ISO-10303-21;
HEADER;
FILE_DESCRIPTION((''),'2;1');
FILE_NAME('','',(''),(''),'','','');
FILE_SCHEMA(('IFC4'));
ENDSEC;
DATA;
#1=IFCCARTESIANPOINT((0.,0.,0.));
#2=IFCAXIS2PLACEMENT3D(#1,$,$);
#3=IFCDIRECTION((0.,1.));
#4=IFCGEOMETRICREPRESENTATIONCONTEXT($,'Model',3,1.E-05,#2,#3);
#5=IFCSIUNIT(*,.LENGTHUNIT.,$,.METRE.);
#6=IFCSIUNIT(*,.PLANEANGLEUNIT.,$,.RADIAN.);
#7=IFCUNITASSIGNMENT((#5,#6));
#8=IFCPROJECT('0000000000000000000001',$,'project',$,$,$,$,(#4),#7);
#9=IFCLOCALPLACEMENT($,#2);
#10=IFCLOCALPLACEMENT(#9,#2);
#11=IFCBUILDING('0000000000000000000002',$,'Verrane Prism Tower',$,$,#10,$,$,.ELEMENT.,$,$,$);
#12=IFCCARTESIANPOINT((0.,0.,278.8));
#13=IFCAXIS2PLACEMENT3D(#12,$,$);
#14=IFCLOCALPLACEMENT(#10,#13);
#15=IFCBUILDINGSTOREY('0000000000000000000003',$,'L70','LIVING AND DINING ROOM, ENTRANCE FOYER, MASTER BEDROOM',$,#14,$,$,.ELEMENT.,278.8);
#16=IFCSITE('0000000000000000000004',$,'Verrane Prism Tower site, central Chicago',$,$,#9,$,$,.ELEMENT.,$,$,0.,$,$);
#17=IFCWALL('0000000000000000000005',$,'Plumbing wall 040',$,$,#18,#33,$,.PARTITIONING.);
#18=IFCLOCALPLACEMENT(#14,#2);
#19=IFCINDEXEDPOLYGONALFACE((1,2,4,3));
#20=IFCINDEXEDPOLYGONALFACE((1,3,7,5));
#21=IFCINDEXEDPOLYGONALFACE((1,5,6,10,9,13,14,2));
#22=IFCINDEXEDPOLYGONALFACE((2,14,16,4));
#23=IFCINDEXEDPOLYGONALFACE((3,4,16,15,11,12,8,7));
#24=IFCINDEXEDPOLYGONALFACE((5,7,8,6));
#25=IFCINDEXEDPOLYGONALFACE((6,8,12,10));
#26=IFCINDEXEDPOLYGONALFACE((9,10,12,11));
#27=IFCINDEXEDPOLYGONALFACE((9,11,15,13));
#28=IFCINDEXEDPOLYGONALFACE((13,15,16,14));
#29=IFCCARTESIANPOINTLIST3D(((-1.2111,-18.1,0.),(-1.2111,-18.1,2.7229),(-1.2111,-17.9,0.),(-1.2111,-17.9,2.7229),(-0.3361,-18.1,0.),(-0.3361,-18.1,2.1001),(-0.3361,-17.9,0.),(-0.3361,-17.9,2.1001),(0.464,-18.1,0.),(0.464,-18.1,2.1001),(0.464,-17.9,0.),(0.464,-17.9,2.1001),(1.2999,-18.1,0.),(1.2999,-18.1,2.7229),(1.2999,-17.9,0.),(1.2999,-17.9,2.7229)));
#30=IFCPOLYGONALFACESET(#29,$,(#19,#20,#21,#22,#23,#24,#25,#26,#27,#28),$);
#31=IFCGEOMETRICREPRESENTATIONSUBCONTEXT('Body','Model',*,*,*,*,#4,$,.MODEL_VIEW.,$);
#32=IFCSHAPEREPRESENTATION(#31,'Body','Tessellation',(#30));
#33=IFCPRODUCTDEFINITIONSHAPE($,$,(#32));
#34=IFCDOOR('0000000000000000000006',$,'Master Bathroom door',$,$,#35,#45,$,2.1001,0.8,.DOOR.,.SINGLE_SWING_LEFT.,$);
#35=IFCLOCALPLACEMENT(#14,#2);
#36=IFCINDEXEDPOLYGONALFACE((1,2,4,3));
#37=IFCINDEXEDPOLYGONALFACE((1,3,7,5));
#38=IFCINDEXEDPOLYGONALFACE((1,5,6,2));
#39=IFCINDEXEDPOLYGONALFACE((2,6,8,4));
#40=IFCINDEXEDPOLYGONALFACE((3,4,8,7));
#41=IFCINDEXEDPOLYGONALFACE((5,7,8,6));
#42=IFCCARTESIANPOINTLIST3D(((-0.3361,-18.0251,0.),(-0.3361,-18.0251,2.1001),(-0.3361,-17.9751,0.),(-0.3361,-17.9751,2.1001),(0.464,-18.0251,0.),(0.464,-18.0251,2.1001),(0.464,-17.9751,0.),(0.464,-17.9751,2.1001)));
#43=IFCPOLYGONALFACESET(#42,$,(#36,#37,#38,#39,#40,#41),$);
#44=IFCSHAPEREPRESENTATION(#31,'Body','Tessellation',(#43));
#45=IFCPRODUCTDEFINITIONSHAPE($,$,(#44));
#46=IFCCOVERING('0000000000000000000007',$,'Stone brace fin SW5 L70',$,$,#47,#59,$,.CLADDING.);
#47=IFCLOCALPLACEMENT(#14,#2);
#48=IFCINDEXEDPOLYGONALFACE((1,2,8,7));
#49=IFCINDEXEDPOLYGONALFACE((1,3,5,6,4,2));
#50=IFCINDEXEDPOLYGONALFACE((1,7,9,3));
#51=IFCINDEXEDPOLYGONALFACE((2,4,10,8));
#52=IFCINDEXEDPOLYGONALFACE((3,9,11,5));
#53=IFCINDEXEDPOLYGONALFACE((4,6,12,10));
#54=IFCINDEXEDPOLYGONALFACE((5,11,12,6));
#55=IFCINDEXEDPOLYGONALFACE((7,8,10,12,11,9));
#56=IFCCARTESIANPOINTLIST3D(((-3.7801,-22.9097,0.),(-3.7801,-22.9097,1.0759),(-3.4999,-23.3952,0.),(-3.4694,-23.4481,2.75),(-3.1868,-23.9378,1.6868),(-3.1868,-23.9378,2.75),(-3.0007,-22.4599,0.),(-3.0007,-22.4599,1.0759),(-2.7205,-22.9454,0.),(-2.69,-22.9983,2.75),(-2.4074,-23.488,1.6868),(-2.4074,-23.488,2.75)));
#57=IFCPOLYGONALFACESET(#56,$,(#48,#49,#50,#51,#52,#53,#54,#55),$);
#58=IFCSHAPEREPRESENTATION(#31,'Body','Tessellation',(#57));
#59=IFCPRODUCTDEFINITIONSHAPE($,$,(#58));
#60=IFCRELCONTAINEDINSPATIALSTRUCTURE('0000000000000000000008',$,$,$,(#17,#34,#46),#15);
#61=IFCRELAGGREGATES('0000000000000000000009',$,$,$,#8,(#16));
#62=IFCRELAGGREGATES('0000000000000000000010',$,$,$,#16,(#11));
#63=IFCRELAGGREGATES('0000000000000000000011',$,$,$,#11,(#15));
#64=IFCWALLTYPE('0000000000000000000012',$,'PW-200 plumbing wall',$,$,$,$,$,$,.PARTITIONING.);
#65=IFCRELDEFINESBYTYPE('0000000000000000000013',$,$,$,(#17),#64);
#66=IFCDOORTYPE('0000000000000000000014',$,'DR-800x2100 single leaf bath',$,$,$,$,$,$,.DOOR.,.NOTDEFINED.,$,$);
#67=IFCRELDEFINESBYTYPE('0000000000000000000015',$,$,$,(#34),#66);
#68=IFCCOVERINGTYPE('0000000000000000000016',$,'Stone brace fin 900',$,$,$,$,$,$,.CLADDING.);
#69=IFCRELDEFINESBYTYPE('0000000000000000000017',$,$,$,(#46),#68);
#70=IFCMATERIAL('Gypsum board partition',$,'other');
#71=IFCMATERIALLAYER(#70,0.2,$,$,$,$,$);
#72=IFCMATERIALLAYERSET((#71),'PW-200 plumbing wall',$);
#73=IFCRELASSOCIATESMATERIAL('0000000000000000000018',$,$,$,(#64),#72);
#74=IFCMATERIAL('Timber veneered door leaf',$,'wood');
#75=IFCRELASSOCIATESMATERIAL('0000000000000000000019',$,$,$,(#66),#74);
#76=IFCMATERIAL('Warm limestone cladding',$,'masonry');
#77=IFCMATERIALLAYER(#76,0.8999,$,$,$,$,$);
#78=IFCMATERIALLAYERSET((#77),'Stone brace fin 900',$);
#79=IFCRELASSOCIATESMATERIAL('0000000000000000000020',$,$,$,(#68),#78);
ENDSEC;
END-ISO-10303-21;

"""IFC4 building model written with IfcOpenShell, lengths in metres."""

from ifc_helpers import new_model, si_unit, direction, frame, frame_2d, origin, place, context, subcontext, project, spatial, polyline, rectangle, outline, extrude, material, layer, layer_set, type_object, element, fill, save


model = new_model("IFC4")

# Units and contexts
model_context = context("Model", 3, precision=1e-05, world=origin(), true_north=direction((0.0, 1.0)))
body_context = subcontext(model_context, "Body", "Model", "MODEL_VIEW")
ifc_project = project(units=[si_unit("LENGTHUNIT", "METRE"), si_unit("PLANEANGLEUNIT", "RADIAN")], contexts=[model_context])

# Site, building, storey
site_placement = place(None, origin())
site = spatial("IfcSite", under=ifc_project, at=site_placement, Name="Verrane Prism Tower site, central Chicago", CompositionType="ELEMENT", RefElevation=0.0)
building_placement = place(site_placement, origin())
building = spatial("IfcBuilding", under=site, at=building_placement, Name="Verrane Prism Tower", CompositionType="ELEMENT")
storey_placement = place(building_placement, frame((0.0, 0.0, 278.8)))
storey = spatial("IfcBuildingStorey", under=building, at=storey_placement, Name="L70", Description="LIVING AND DINING ROOM, ENTRANCE FOYER, MASTER BEDROOM", CompositionType="ELEMENT", Elevation=278.8)

# Wall, opening, door
ifc_material_1 = material(Name="Gypsum board partition", Category="other")
ifc_layer_1 = layer(ifc_material_1, 0.2)
ifc_layer_set_1 = layer_set([ifc_layer_1], Name="PW-200 plumbing wall")
wall_type_1 = type_object("IfcWallType", Name="PW-200 plumbing wall", PredefinedType="PARTITIONING", material=ifc_layer_set_1)
wall_1_placement = place(storey_placement, frame((-1.2109, -18.0, 0.0), z_axis=(0.0, 0.0, 1.0), x_axis=(1.0, 0.0, 0.0)))
wall_1 = element("IfcWall", 1, at=wall_1_placement, inside=storey, type_object=wall_type_1, Name="Plumbing wall 040", PredefinedType="PARTITIONING", context=body_context, shape_type="SweptSolid", body=[
    extrude(rectangle(XDim=2.511, YDim=0.2, at=frame_2d((1.2554, 0.0))), origin(), (0.0, 0.0, 1.0), 2.7229),
])
opening_1_placement = place(wall_1_placement, frame((0.875, 0.0, 0.0)))
opening_1 = element("IfcOpeningElement", 2, at=opening_1_placement, cuts=wall_1, PredefinedType="OPENING", context=body_context, shape_type="SweptSolid", body=[
    extrude(rectangle(XDim=0.8, YDim=2.1001, at=frame_2d((0.3999, 1.05))), frame((0.0, 0.1099, 0.0), z_axis=(0.0, -1.0, 0.0), x_axis=(1.0, 0.0, 0.0)), (0.0, 0.0, 1.0), 0.22),
])
ifc_material_2 = material(Name="Timber veneered door leaf", Category="wood")
door_type_1 = type_object("IfcDoorType", Name="DR-800x2100 single leaf bath", OperationType="NOTDEFINED", PredefinedType="DOOR", material=ifc_material_2)
door_1_placement = place(opening_1_placement, origin())
door_1 = element("IfcDoor", 3, at=door_1_placement, inside=storey, type_object=door_type_1, Name="Master Bathroom door", OperationType="SINGLE_SWING_LEFT", OverallHeight=2.1001, OverallWidth=0.8, PredefinedType="DOOR", context=body_context, shape_type="SweptSolid", body=[
    extrude(rectangle(XDim=0.8, YDim=2.1001, at=frame_2d((0.3999, 1.05))), frame((0.0, 0.0249, 0.0), z_axis=(0.0, -1.0, 0.0), x_axis=(1.0, 0.0, 0.0)), (0.0, 0.0, 1.0), 0.05),
])
fill(opening_1, door_1)

# Covering
ifc_material_3 = material(Name="Warm limestone cladding", Category="masonry")
ifc_layer_2 = layer(ifc_material_3, 0.8999)
ifc_layer_set_2 = layer_set([ifc_layer_2], Name="Stone brace fin 900")
covering_type = type_object("IfcCoveringType", Name="Stone brace fin 900", PredefinedType="CLADDING", material=ifc_layer_set_2)
covering_placement = place(storey_placement, frame((-3.3904, -22.6848, 0.0), z_axis=(0.0, 0.0, 1.0), x_axis=(0.499811, -0.866134, 0.0)))
element("IfcCovering", 4, at=covering_placement, inside=storey, type_object=covering_type, Name="Stone brace fin SW5 L70", PredefinedType="CLADDING", context=body_context, shape_type="SweptSolid", body=[
    extrude(outline(polyline([(1.187, 2.75), (0.6216, 2.75), (0.0, 1.0759), (0.0, 0.0), (0.5605, 0.0), (1.187, 1.6868), (1.187, 2.75)])), frame((0.0, 0.45, 0.0), z_axis=(0.0, -1.0, 0.0), x_axis=(1.0, 0.0, 0.0)), (0.0, 0.0, 1.0), 0.8999),
])

save(model, "model.ifc")
